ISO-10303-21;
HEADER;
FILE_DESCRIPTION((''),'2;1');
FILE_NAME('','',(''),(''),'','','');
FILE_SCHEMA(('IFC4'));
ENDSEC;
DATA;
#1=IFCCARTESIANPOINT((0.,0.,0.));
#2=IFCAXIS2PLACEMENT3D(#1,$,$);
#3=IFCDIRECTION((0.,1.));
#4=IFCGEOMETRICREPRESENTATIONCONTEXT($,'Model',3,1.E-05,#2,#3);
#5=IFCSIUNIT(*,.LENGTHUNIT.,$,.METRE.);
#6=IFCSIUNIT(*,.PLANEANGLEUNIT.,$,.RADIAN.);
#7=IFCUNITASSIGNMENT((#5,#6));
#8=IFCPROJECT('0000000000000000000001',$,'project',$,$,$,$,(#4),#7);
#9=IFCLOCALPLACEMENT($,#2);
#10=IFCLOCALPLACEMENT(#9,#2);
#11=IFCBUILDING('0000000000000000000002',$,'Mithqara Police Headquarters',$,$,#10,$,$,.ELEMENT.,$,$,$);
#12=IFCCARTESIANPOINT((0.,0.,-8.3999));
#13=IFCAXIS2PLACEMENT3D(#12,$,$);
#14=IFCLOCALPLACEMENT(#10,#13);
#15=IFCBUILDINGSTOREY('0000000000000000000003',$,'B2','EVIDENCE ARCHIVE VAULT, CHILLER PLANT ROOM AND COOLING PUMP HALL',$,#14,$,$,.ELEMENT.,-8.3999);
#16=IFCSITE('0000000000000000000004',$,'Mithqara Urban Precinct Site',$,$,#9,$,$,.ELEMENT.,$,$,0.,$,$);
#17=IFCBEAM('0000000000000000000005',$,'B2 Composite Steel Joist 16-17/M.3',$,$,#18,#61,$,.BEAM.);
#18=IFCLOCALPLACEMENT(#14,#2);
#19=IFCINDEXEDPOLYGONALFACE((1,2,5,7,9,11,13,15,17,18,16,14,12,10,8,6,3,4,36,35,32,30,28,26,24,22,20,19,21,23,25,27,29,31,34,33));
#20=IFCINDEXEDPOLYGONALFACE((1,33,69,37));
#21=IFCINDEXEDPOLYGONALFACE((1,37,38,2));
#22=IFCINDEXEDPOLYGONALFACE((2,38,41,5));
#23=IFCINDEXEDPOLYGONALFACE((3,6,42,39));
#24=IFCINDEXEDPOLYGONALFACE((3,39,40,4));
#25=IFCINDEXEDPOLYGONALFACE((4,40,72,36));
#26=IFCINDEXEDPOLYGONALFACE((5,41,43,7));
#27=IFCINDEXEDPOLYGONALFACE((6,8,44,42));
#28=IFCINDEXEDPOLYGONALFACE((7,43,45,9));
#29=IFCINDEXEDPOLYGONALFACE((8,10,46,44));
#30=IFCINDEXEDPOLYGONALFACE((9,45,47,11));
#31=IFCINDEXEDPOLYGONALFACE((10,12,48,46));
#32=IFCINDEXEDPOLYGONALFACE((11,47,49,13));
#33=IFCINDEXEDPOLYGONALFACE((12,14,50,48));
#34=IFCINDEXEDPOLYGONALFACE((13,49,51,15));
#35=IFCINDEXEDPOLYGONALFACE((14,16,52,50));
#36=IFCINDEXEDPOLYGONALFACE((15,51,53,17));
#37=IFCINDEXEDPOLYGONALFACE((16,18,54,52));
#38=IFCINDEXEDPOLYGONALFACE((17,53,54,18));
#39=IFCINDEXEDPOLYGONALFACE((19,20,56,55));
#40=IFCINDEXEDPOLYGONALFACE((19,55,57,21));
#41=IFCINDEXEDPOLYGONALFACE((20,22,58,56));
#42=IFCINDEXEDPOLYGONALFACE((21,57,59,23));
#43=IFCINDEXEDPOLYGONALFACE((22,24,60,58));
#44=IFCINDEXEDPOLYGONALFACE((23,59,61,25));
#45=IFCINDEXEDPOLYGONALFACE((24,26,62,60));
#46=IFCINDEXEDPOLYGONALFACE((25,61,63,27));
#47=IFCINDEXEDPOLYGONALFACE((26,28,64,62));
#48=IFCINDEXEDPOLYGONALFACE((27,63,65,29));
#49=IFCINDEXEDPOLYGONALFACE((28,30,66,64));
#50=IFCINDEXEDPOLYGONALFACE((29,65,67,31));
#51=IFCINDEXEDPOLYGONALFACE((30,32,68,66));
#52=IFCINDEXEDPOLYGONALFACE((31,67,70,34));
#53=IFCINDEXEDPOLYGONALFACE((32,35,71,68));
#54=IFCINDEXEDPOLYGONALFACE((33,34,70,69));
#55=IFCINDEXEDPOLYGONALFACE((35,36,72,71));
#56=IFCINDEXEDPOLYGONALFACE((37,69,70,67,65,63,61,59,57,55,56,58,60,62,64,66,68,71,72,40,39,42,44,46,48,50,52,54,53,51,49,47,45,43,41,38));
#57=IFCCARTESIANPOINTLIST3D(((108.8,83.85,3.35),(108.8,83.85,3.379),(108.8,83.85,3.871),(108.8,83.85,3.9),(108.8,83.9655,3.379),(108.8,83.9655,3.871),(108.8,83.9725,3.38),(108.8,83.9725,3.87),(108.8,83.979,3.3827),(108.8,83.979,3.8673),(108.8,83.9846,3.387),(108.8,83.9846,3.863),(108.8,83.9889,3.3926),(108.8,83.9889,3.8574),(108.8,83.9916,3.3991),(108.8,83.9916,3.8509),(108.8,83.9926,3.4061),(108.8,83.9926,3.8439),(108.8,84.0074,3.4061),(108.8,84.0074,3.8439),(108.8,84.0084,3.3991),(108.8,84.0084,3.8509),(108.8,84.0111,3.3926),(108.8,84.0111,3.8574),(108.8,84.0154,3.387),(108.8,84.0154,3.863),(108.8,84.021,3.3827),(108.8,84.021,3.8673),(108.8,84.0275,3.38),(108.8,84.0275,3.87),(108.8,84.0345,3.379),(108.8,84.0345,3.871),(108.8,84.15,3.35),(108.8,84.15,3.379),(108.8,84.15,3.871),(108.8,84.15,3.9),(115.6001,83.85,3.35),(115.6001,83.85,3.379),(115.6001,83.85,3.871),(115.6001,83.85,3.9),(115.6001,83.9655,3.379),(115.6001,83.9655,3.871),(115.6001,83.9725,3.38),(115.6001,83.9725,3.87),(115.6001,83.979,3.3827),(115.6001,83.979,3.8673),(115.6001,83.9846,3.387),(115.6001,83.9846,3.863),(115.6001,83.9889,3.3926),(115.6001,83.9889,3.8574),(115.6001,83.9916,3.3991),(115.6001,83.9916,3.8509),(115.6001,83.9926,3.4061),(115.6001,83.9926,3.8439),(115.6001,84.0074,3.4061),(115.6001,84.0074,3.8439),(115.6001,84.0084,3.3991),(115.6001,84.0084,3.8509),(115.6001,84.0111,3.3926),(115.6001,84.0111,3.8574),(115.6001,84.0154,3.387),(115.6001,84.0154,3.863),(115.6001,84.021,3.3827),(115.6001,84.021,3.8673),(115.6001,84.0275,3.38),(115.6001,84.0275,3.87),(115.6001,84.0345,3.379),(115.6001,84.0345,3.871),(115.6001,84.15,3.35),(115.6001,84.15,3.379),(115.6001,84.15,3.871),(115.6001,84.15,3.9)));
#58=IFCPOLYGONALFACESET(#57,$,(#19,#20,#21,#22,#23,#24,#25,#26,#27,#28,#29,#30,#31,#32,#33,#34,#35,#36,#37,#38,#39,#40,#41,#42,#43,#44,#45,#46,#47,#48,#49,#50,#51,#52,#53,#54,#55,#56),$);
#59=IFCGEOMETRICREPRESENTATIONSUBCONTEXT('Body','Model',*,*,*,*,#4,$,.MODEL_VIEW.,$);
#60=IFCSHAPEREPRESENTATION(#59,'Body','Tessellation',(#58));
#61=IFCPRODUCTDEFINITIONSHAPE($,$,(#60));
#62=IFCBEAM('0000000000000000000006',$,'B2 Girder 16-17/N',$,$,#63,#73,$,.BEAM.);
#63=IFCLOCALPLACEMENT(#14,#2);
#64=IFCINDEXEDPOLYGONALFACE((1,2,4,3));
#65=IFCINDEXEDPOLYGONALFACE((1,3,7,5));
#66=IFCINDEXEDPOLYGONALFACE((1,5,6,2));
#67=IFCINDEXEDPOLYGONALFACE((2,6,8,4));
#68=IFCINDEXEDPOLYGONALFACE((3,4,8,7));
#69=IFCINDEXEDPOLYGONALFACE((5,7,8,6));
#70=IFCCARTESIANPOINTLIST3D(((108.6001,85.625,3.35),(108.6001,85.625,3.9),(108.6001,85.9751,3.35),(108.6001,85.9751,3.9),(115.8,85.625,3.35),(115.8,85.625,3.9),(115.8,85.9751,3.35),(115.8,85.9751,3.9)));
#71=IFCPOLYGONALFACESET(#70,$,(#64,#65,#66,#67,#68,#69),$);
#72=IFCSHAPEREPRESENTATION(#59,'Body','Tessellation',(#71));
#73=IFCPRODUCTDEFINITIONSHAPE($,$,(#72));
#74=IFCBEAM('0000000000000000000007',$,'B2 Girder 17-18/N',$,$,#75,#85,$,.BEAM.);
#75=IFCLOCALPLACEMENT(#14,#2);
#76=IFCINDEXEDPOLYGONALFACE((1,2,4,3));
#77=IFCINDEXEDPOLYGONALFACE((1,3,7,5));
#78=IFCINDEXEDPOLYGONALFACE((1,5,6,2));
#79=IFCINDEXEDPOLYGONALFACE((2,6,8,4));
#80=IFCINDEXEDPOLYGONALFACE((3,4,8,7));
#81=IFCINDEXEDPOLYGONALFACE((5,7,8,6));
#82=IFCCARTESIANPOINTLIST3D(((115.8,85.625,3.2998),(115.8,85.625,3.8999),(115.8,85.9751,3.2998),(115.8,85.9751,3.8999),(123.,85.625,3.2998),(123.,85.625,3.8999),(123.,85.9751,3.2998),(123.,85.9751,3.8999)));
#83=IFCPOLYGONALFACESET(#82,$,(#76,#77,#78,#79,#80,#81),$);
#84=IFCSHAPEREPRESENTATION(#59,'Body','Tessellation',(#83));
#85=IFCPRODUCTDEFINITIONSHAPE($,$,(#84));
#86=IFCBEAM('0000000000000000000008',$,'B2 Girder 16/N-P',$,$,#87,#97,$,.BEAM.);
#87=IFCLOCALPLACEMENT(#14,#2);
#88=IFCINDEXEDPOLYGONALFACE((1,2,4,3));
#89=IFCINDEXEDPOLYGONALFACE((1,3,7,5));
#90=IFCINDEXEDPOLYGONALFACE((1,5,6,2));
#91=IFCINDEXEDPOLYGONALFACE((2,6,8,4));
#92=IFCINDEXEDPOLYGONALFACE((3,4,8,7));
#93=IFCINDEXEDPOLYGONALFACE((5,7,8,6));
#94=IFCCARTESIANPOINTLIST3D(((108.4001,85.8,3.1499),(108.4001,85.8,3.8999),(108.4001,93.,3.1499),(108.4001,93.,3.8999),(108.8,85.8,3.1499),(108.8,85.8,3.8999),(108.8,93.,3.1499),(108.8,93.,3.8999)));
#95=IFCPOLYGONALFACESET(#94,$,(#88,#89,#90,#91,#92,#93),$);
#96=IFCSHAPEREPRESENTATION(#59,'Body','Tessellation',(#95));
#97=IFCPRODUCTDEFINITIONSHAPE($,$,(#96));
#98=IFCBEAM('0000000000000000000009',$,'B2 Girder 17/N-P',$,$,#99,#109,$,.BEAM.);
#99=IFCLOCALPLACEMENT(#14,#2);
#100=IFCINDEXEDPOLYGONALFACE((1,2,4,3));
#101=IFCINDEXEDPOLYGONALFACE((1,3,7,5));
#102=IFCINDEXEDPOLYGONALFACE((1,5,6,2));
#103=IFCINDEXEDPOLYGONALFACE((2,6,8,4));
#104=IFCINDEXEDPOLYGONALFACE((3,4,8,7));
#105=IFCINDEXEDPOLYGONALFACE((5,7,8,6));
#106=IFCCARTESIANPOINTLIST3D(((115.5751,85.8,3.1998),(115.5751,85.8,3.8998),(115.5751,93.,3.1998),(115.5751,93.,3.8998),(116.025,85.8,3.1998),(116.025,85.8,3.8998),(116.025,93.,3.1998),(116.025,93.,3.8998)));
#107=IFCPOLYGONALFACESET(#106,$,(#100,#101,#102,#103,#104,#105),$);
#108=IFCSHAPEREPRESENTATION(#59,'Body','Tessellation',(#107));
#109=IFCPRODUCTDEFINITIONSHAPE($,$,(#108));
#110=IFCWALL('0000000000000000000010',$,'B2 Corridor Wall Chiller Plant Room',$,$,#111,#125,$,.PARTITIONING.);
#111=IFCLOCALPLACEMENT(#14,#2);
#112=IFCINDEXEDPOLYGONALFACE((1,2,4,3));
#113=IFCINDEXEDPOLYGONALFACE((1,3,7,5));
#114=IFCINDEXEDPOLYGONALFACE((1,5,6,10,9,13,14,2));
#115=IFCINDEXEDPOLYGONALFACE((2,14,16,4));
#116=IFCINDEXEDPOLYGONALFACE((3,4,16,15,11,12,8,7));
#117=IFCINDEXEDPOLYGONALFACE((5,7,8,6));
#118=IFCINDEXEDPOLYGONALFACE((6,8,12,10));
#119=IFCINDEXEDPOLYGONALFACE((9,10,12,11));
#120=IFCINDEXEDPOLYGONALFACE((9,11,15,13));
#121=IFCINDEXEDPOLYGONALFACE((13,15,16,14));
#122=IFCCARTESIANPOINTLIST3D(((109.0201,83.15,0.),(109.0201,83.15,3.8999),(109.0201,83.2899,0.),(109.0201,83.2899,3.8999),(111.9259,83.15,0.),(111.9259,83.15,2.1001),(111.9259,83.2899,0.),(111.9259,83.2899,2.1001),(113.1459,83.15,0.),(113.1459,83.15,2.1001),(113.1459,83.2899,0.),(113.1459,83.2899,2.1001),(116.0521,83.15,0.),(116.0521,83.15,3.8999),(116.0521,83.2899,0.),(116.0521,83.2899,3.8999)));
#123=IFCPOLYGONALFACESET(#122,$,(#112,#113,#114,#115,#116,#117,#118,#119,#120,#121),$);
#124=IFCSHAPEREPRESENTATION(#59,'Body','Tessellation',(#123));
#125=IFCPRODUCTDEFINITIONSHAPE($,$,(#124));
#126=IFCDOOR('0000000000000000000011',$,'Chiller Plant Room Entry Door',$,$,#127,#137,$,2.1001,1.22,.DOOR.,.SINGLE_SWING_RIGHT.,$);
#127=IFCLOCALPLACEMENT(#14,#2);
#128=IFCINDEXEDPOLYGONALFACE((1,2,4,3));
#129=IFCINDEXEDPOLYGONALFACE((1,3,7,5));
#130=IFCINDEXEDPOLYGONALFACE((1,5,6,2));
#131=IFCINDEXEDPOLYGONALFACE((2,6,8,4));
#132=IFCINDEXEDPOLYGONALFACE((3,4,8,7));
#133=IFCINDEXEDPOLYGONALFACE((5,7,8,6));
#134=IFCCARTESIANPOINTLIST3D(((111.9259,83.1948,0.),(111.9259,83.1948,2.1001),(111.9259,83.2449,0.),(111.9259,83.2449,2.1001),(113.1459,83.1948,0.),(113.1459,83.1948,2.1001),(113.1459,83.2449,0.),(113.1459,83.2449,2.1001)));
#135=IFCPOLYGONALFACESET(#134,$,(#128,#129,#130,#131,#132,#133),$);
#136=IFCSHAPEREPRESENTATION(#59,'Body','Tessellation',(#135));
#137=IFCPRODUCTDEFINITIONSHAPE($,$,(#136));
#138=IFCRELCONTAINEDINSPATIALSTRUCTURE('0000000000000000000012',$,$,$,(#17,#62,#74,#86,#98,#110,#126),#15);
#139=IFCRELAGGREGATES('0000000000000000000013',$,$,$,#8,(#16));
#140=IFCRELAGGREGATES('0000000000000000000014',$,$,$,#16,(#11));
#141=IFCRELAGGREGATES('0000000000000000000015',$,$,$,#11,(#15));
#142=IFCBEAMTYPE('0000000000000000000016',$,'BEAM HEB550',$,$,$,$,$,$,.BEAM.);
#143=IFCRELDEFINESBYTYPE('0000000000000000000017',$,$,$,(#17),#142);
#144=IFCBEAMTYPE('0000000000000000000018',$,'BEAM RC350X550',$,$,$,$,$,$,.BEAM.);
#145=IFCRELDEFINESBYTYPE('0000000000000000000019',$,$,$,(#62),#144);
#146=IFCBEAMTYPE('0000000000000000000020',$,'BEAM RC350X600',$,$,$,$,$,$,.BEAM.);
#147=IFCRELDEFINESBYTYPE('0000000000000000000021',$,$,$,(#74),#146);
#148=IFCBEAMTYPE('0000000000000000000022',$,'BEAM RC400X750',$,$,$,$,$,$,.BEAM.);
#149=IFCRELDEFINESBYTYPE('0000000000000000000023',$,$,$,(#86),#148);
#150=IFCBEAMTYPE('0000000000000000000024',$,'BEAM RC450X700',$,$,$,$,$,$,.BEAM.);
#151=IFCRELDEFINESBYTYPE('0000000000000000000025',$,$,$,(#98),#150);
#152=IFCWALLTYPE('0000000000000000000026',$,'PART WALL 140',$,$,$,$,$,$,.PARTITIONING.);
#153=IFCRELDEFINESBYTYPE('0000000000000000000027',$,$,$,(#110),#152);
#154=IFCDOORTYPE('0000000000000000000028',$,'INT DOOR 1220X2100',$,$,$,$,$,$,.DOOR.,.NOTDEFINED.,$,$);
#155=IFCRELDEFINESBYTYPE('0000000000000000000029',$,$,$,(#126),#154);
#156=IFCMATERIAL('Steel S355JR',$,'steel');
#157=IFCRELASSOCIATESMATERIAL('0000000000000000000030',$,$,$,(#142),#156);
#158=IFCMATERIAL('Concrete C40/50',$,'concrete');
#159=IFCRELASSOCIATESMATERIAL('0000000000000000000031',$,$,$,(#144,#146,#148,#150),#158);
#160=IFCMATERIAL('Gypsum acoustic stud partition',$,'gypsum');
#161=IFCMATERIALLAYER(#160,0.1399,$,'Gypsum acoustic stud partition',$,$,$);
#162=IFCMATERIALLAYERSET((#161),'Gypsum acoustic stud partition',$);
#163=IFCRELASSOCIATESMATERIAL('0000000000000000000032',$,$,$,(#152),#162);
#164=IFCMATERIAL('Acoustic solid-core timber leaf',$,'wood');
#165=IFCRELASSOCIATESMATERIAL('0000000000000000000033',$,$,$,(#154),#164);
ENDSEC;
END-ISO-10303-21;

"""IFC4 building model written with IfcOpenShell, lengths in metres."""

from ifc_helpers import new_model, si_unit, direction, frame, frame_2d, origin, origin_2d, place, context, subcontext, project, spatial, rectangle, i_section, extrude, material, layer, layer_set, material_profile, profile_set, type_object, element, fill, save


model = new_model("IFC4")

# Units and contexts
model_context = context("Model", 3, precision=1e-05, world=origin(), true_north=direction((0.0, 1.0)))
body_context = subcontext(model_context, "Body", "Model", "MODEL_VIEW")
ifc_project = project(units=[si_unit("LENGTHUNIT", "METRE"), si_unit("PLANEANGLEUNIT", "RADIAN")], contexts=[model_context])

# Site, building, storey
site_placement = place(None, origin())
site = spatial("IfcSite", under=ifc_project, at=site_placement, Name="Mithqara Urban Precinct Site", CompositionType="ELEMENT", RefElevation=0.0)
building_placement = place(site_placement, origin())
building = spatial("IfcBuilding", under=site, at=building_placement, Name="Mithqara Police Headquarters", CompositionType="ELEMENT")
storey_placement = place(building_placement, frame((0.0, 0.0, -8.3999)))
storey = spatial("IfcBuildingStorey", under=building, at=storey_placement, Name="B2", Description="EVIDENCE ARCHIVE VAULT, CHILLER PLANT ROOM AND COOLING PUMP HALL", CompositionType="ELEMENT", Elevation=-8.3999)

# Shared definitions
ifc_material_1 = material(Name="Concrete C40/50", Category="concrete")

# Beams
ifc_material_2 = material(Name="Steel S355JR", Category="steel")
ifc_material_profile_1 = material_profile(ifc_material_2, i_section(OverallWidth=0.3, OverallDepth=0.55, WebThickness=0.0149, FlangeThickness=0.0291, FilletRadius=0.0271, at=origin_2d()), Name="HEB 550")
ifc_profile_set_1 = profile_set([ifc_material_profile_1], Name="Steel S355JR")
beam_type_1 = type_object("IfcBeamType", Name="BEAM HEB550", PredefinedType="BEAM", material=ifc_profile_set_1)
for number, where, z_axis, x_axis, name in (
    (1, (108.8, 84.0, 3.625), (1.0, 0.0, 0.0), (0.0, 1.0, 0.0), "B2 Composite Steel Joist 16-17/M.3"),
):
    element("IfcBeam", number, at=place(storey_placement, frame(where, z_axis=z_axis, x_axis=x_axis)), inside=storey, type_object=beam_type_1, Name=name, PredefinedType="BEAM", context=body_context, shape_type="SweptSolid", body=[
        extrude(i_section(OverallWidth=0.3, OverallDepth=0.55, WebThickness=0.0149, FlangeThickness=0.0291, FilletRadius=0.0271, at=origin_2d()), origin(), (0.0, 0.0, 1.0), 6.8),
    ])
ifc_material_profile_2 = material_profile(ifc_material_1, rectangle(XDim=0.3501, YDim=0.55, at=origin_2d()), Name="RC 350x550")
ifc_profile_set_2 = profile_set([ifc_material_profile_2], Name="Concrete C40/50")
beam_type_2 = type_object("IfcBeamType", Name="BEAM RC350X550", PredefinedType="BEAM", material=ifc_profile_set_2)
beam_1_placement = place(storey_placement, frame((108.6001, 85.8, 3.625), z_axis=(1.0, 0.0, 0.0), x_axis=(0.0, 1.0, 0.0)))
element("IfcBeam", 2, at=beam_1_placement, inside=storey, type_object=beam_type_2, Name="B2 Girder 16-17/N", PredefinedType="BEAM", context=body_context, shape_type="SweptSolid", body=[
    extrude(rectangle(XDim=0.3501, YDim=0.55, at=origin_2d()), origin(), (0.0, 0.0, 1.0), 7.2),
])
ifc_material_profile_3 = material_profile(ifc_material_1, rectangle(XDim=0.3501, YDim=0.6001, at=origin_2d()), Name="RC 350x600")
ifc_profile_set_3 = profile_set([ifc_material_profile_3], Name="Concrete C40/50")
beam_type_3 = type_object("IfcBeamType", Name="BEAM RC350X600", PredefinedType="BEAM", material=ifc_profile_set_3)
beam_2_placement = place(storey_placement, frame((115.8, 85.8, 3.5999), z_axis=(1.0, 0.0, 0.0), x_axis=(0.0, 1.0, 0.0)))
element("IfcBeam", 3, at=beam_2_placement, inside=storey, type_object=beam_type_3, Name="B2 Girder 17-18/N", PredefinedType="BEAM", context=body_context, shape_type="SweptSolid", body=[
    extrude(rectangle(XDim=0.3501, YDim=0.6001, at=origin_2d()), origin(), (0.0, 0.0, 1.0), 7.2),
])
ifc_material_profile_4 = material_profile(ifc_material_1, rectangle(XDim=0.3999, YDim=0.75, at=origin_2d()), Name="RC 400x750")
ifc_profile_set_4 = profile_set([ifc_material_profile_4], Name="Concrete C40/50")
beam_type_4 = type_object("IfcBeamType", Name="BEAM RC400X750", PredefinedType="BEAM", material=ifc_profile_set_4)
beam_3_placement = place(storey_placement, frame((108.6001, 85.8, 3.5249), z_axis=(0.0, 1.0, 0.0), x_axis=(-1.0, 0.0, 0.0)))
element("IfcBeam", 4, at=beam_3_placement, inside=storey, type_object=beam_type_4, Name="B2 Girder 16/N-P", PredefinedType="BEAM", context=body_context, shape_type="SweptSolid", body=[
    extrude(rectangle(XDim=0.3999, YDim=0.75, at=origin_2d()), origin(), (0.0, 0.0, 1.0), 7.2),
])
ifc_material_profile_5 = material_profile(ifc_material_1, rectangle(XDim=0.45, YDim=0.7, at=origin_2d()), Name="RC 450x700")
ifc_profile_set_5 = profile_set([ifc_material_profile_5], Name="Concrete C40/50")
beam_type_5 = type_object("IfcBeamType", Name="BEAM RC450X700", PredefinedType="BEAM", material=ifc_profile_set_5)
beam_4_placement = place(storey_placement, frame((115.8, 85.8, 3.5498), z_axis=(0.0, 1.0, 0.0), x_axis=(-1.0, 0.0, 0.0)))
element("IfcBeam", 5, at=beam_4_placement, inside=storey, type_object=beam_type_5, Name="B2 Girder 17/N-P", PredefinedType="BEAM", context=body_context, shape_type="SweptSolid", body=[
    extrude(rectangle(XDim=0.45, YDim=0.7, at=origin_2d()), origin(), (0.0, 0.0, 1.0), 7.2),
])

# Wall, opening, door
ifc_material_3 = material(Name="Gypsum acoustic stud partition", Category="gypsum")
ifc_layer = layer(ifc_material_3, 0.1399, Name="Gypsum acoustic stud partition")
ifc_layer_set = layer_set([ifc_layer], Name="Gypsum acoustic stud partition")
wall_type = type_object("IfcWallType", Name="PART WALL 140", PredefinedType="PARTITIONING", material=ifc_layer_set)
wall_placement = place(storey_placement, frame((109.02, 83.22, 0.0), z_axis=(0.0, 0.0, 1.0), x_axis=(1.0, 0.0, 0.0)))
wall = element("IfcWall", 6, at=wall_placement, inside=storey, type_object=wall_type, Name="B2 Corridor Wall Chiller Plant Room", PredefinedType="PARTITIONING", context=body_context, shape_type="SweptSolid", body=[
    extrude(rectangle(XDim=7.032, YDim=0.1399, at=frame_2d((3.5161, 0.0))), origin(), (0.0, 0.0, 1.0), 3.8999),
])
opening_placement = place(wall_placement, frame((2.906, 0.0, 0.0)))
opening = element("IfcOpeningElement", 7, at=opening_placement, cuts=wall, PredefinedType="OPENING", context=body_context, shape_type="SweptSolid", body=[
    extrude(rectangle(XDim=1.22, YDim=2.1001, at=frame_2d((0.6099, 1.05))), frame((0.0, 0.0801, 0.0), z_axis=(0.0, -1.0, 0.0), x_axis=(1.0, 0.0, 0.0)), (0.0, 0.0, 1.0), 0.1599),
])
ifc_material_4 = material(Name="Acoustic solid-core timber leaf", Category="wood")
door_type = type_object("IfcDoorType", Name="INT DOOR 1220X2100", OperationType="NOTDEFINED", PredefinedType="DOOR", material=ifc_material_4)
door_placement = place(opening_placement, origin())
door = element("IfcDoor", 8, at=door_placement, inside=storey, type_object=door_type, Name="Chiller Plant Room Entry Door", OperationType="SINGLE_SWING_RIGHT", OverallHeight=2.1001, OverallWidth=1.22, PredefinedType="DOOR", context=body_context, shape_type="SweptSolid", body=[
    extrude(rectangle(XDim=1.22, YDim=2.1001, at=frame_2d((0.6099, 1.05))), frame((0.0, 0.0249, 0.0), z_axis=(0.0, -1.0, 0.0), x_axis=(1.0, 0.0, 0.0)), (0.0, 0.0, 1.0), 0.05),
])
fill(opening, door)

save(model, "model.ifc")
